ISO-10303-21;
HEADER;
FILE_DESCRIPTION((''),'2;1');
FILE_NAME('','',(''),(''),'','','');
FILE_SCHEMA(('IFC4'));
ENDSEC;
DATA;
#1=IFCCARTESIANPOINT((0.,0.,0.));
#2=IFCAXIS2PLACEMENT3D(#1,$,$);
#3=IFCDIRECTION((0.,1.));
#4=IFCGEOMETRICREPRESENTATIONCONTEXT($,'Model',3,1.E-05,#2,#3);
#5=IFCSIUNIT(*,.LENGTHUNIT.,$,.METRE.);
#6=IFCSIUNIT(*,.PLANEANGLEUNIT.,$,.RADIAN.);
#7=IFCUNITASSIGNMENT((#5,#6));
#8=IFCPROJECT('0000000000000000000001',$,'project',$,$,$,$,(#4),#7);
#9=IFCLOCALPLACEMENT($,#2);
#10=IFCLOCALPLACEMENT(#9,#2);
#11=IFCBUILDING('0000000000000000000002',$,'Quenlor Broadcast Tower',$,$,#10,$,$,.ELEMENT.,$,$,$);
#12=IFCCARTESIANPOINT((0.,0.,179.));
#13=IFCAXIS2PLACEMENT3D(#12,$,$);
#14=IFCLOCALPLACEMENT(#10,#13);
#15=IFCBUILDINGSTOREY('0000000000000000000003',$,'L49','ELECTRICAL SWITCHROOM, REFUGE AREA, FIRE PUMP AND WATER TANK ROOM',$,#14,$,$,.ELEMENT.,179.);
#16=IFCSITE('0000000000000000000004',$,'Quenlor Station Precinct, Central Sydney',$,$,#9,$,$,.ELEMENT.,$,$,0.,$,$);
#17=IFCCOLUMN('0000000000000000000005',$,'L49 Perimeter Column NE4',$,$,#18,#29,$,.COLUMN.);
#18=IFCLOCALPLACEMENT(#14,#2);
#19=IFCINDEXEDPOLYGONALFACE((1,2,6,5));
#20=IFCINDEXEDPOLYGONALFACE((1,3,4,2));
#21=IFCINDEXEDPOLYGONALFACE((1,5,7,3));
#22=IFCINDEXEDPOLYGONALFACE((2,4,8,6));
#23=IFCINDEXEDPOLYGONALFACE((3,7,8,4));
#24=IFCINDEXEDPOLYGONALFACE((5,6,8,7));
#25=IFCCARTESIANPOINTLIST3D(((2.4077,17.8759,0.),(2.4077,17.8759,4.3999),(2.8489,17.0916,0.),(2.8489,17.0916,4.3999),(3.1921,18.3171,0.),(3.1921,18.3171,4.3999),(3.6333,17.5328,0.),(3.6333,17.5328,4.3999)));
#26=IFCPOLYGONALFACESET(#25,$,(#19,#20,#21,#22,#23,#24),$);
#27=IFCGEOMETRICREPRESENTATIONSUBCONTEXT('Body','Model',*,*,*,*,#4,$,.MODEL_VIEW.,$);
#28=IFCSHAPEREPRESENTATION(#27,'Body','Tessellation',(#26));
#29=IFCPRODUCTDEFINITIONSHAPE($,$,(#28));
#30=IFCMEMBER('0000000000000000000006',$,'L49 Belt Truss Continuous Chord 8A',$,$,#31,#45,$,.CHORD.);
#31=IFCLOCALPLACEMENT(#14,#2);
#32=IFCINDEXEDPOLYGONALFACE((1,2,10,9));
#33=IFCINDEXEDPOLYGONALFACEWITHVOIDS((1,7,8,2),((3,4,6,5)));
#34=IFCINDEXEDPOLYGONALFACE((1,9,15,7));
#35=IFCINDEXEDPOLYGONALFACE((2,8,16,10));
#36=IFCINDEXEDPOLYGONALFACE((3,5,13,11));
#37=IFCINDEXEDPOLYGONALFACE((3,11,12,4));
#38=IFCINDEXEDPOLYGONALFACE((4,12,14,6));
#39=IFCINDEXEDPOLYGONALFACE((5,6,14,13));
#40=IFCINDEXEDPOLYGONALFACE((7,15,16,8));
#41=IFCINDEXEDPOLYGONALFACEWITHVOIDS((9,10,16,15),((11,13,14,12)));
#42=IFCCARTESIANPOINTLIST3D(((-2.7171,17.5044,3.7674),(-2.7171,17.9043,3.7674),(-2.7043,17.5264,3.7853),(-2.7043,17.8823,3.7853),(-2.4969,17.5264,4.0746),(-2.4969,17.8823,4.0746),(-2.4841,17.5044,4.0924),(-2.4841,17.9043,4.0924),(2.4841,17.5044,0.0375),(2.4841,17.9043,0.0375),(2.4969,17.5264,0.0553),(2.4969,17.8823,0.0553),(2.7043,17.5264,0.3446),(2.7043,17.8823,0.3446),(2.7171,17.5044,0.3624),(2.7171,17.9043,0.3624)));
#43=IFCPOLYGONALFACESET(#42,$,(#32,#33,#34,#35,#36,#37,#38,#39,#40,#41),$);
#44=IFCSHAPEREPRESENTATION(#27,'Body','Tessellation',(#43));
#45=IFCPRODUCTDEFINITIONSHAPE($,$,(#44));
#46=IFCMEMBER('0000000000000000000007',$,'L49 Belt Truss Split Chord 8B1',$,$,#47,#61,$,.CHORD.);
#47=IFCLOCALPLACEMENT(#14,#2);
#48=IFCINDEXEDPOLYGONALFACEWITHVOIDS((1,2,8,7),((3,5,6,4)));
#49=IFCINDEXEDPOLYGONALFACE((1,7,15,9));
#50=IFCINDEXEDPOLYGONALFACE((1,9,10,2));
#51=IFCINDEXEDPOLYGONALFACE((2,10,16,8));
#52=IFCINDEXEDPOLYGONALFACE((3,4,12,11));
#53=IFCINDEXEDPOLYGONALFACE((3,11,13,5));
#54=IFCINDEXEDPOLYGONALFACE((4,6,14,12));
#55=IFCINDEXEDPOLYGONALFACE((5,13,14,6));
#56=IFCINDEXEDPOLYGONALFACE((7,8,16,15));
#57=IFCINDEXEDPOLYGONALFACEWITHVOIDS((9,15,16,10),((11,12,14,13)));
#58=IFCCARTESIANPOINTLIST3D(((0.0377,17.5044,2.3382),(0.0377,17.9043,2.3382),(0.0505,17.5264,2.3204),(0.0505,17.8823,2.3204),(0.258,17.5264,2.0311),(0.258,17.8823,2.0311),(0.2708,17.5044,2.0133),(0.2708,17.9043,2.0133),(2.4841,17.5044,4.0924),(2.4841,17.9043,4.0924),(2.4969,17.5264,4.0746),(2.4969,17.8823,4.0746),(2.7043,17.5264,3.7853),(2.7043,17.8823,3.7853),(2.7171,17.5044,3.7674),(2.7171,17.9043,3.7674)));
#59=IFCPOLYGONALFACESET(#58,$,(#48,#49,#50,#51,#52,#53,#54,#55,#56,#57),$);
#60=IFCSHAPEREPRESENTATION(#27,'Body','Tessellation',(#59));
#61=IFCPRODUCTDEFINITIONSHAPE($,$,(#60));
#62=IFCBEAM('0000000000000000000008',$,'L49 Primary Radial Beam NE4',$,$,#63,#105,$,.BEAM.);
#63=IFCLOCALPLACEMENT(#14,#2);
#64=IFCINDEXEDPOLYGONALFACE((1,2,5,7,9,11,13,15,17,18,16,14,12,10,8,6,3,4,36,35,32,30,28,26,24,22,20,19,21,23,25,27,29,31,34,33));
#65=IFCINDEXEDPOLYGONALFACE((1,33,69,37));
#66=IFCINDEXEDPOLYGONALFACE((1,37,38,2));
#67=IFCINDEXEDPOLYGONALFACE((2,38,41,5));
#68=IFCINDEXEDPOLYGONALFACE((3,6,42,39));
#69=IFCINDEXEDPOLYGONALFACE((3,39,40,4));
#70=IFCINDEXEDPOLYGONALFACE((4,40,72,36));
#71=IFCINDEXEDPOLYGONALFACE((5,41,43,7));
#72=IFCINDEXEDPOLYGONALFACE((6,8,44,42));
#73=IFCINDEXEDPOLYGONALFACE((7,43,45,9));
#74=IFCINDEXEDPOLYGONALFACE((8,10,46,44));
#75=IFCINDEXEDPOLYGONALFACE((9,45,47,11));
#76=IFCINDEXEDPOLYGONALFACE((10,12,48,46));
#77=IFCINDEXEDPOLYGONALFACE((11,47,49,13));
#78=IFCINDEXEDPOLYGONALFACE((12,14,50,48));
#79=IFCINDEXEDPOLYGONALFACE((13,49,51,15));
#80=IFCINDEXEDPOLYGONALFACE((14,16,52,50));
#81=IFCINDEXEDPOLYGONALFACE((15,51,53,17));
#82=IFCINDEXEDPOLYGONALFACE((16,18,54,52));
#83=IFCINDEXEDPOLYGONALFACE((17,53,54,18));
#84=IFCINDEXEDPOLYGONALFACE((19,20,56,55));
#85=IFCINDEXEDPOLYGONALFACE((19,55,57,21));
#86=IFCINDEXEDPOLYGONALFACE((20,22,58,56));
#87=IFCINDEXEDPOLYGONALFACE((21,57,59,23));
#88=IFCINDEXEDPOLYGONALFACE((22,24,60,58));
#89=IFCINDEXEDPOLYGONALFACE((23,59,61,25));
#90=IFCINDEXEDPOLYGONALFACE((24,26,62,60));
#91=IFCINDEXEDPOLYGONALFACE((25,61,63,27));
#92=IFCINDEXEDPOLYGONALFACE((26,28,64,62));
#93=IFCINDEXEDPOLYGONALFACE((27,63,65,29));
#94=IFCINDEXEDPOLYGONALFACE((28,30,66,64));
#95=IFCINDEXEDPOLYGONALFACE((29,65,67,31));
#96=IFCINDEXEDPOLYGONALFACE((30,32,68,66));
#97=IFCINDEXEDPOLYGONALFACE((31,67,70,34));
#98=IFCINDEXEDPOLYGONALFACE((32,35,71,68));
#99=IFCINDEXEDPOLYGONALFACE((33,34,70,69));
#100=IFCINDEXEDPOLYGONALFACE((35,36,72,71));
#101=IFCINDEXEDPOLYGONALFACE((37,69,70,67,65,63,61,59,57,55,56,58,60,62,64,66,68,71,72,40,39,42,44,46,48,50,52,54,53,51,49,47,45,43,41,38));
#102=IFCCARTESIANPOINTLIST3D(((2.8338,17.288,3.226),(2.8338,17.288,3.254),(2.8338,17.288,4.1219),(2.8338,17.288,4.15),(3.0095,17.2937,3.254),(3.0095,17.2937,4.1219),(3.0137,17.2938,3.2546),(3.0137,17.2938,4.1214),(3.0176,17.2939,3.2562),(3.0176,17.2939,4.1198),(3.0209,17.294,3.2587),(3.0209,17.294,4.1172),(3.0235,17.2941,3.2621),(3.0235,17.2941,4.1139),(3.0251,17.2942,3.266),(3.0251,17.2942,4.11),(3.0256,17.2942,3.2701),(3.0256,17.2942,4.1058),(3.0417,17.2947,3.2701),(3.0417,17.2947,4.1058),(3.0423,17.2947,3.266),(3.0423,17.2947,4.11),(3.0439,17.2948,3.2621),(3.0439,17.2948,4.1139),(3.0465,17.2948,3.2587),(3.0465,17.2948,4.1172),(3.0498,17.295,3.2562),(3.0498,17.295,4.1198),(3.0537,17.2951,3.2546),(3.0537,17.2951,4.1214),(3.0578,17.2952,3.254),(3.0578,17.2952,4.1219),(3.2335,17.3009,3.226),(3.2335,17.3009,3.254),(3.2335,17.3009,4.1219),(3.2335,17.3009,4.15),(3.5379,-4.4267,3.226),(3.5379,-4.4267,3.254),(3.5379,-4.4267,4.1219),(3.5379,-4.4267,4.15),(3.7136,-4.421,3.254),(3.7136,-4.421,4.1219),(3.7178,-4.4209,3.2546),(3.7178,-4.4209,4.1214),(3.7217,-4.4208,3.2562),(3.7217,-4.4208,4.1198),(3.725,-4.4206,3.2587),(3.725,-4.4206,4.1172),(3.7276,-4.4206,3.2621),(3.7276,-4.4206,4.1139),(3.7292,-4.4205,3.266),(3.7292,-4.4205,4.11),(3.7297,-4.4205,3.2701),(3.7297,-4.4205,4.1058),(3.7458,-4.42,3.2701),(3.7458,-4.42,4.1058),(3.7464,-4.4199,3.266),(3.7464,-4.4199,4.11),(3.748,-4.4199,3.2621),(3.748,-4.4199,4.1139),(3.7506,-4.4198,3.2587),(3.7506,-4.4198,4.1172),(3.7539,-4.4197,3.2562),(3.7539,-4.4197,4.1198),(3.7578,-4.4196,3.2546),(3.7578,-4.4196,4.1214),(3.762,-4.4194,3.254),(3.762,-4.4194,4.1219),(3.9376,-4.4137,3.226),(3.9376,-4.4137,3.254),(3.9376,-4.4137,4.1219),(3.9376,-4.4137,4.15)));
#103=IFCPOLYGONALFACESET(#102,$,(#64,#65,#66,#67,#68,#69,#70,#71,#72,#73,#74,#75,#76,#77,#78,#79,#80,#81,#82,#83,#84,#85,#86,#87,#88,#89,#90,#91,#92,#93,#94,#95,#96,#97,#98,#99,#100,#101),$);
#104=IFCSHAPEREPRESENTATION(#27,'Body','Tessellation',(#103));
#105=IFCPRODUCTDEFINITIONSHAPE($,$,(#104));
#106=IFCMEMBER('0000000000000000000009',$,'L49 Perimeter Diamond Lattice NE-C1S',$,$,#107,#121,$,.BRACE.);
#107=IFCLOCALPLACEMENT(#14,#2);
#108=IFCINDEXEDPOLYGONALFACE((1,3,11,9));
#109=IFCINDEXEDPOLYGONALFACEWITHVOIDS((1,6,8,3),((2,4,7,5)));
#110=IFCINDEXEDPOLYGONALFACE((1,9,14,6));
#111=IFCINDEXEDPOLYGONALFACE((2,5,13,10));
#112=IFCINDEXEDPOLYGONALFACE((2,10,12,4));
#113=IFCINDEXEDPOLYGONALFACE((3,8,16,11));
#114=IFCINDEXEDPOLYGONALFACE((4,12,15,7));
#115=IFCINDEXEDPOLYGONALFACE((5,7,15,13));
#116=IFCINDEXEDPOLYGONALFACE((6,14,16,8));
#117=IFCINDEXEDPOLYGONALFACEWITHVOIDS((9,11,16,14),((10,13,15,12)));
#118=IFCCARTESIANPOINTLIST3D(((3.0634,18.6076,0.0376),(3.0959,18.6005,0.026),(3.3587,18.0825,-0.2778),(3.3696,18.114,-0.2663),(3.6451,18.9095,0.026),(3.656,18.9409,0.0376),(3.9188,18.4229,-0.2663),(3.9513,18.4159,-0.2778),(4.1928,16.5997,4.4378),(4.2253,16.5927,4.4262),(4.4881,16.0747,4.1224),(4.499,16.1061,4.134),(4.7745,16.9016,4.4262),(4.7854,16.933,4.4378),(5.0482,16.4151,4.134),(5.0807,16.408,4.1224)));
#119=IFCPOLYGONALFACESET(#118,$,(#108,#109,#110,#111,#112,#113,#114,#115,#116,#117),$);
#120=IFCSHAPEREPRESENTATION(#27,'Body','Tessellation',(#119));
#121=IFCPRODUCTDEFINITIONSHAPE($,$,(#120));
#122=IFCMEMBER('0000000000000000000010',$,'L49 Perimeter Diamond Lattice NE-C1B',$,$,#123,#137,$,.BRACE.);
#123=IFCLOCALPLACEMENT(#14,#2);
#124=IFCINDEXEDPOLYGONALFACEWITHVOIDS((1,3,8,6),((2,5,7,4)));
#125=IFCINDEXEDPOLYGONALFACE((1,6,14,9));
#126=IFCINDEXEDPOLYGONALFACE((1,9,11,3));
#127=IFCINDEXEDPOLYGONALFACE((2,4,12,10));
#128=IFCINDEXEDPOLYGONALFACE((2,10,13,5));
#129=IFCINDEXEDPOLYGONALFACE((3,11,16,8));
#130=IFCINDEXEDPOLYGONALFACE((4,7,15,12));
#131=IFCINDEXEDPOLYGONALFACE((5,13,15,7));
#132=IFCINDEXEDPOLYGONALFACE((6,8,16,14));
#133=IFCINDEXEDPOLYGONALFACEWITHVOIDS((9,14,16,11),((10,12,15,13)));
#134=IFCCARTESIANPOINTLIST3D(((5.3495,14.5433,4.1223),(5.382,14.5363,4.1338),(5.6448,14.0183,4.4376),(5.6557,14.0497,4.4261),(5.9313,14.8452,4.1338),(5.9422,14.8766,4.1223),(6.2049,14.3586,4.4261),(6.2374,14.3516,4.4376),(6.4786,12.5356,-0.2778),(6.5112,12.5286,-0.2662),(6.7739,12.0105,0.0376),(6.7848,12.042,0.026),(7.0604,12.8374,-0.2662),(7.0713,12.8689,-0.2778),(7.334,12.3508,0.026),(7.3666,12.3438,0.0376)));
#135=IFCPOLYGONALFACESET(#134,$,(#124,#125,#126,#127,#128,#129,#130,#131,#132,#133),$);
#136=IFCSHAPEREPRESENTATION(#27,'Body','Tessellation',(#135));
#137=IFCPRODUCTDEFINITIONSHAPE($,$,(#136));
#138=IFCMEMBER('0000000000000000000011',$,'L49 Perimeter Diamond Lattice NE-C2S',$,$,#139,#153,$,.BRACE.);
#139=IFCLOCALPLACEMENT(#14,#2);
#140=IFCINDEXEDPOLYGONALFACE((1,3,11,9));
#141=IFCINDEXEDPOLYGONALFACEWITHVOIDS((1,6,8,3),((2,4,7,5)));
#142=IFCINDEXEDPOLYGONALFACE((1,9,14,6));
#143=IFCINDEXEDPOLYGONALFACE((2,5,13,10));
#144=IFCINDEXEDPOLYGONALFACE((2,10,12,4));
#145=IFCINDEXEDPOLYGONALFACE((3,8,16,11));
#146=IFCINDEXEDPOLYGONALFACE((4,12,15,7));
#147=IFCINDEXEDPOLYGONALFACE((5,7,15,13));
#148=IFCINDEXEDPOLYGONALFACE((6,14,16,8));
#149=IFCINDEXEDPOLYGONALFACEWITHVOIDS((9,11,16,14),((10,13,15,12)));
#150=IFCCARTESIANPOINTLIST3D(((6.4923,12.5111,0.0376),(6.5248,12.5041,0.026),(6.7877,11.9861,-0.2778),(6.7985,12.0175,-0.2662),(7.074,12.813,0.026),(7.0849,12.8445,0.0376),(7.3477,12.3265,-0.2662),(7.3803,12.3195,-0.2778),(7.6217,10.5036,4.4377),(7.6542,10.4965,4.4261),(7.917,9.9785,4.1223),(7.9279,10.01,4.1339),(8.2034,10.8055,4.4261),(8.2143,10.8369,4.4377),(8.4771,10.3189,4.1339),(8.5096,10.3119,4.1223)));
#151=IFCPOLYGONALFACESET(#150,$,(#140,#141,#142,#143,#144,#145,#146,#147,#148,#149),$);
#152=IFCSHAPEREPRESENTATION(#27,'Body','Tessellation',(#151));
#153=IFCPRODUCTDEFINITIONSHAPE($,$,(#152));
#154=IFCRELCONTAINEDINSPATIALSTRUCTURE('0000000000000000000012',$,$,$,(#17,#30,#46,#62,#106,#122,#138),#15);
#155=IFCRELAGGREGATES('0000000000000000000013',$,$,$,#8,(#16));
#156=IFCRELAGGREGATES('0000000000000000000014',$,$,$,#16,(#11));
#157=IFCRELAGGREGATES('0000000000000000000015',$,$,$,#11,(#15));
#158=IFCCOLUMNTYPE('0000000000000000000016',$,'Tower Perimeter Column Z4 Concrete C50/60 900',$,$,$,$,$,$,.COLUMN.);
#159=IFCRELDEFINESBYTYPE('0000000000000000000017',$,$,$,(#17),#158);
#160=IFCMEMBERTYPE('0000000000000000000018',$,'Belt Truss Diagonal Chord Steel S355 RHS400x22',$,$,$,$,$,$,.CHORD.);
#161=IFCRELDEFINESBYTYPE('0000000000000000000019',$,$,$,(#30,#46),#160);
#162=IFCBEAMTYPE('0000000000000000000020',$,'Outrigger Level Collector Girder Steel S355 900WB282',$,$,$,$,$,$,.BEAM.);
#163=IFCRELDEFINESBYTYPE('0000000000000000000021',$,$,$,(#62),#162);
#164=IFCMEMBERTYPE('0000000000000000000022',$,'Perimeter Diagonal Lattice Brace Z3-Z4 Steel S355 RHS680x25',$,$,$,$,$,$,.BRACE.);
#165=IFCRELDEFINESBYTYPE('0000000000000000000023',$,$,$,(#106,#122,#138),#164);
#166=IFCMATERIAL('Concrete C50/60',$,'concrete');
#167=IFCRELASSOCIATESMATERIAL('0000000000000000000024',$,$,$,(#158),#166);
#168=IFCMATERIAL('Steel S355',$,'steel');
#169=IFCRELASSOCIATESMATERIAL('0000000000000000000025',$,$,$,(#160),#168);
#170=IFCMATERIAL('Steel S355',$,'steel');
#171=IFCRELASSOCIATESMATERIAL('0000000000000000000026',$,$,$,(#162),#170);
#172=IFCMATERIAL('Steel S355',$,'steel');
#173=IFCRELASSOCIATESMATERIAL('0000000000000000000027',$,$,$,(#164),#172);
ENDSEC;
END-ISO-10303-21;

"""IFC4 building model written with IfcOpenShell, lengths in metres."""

from ifc_helpers import new_model, si_unit, direction, frame, origin, origin_2d, place, context, subcontext, project, spatial, rectangle, hollow_rectangle, i_section, extrude, material, material_profile, profile_set, type_object, element, save


model = new_model("IFC4")

# Units and contexts
model_context = context("Model", 3, precision=1e-05, world=origin(), true_north=direction((0.0, 1.0)))
body_context = subcontext(model_context, "Body", "Model", "MODEL_VIEW")
ifc_project = project(units=[si_unit("LENGTHUNIT", "METRE"), si_unit("PLANEANGLEUNIT", "RADIAN")], contexts=[model_context])

# Site, building, storey
site_placement = place(None, origin())
site = spatial("IfcSite", under=ifc_project, at=site_placement, Name="Quenlor Station Precinct, Central Sydney", CompositionType="ELEMENT", RefElevation=0.0)
building_placement = place(site_placement, origin())
building = spatial("IfcBuilding", under=site, at=building_placement, Name="Quenlor Broadcast Tower", CompositionType="ELEMENT")
storey_placement = place(building_placement, frame((0.0, 0.0, 179.0)))
storey = spatial("IfcBuildingStorey", under=building, at=storey_placement, Name="L49", Description="ELECTRICAL SWITCHROOM, REFUGE AREA, FIRE PUMP AND WATER TANK ROOM", CompositionType="ELEMENT", Elevation=179.0)

# Column
ifc_material_1 = material(Name="Concrete C50/60", Category="concrete")
ifc_material_profile_1 = material_profile(ifc_material_1, rectangle(XDim=0.8999, YDim=0.8999, at=origin_2d()))
ifc_profile_set_1 = profile_set([ifc_material_profile_1], Name="Concrete C50/60 RC900x900")
column_type = type_object("IfcColumnType", Name="Tower Perimeter Column Z4 Concrete C50/60 900", PredefinedType="COLUMN", material=ifc_profile_set_1)
column_placement = place(storey_placement, frame((3.0205, 17.7043, 0.0), z_axis=(0.0, 0.0, 1.0), x_axis=(0.871575, 0.490262, 0.0)))
element("IfcColumn", 1, at=column_placement, inside=storey, type_object=column_type, Name="L49 Perimeter Column NE4", PredefinedType="COLUMN", context=body_context, shape_type="SweptSolid", body=[
    extrude(rectangle(XDim=0.8999, YDim=0.8999, at=origin_2d()), origin(), (0.0, 0.0, 1.0), 4.3999),
])

# Members
ifc_material_2 = material(Name="Steel S355", Category="steel")
ifc_material_profile_2 = material_profile(ifc_material_2, hollow_rectangle(XDim=0.3999, YDim=0.3999, WallThickness=0.022, at=origin_2d()))
ifc_profile_set_2 = profile_set([ifc_material_profile_2], Name="Steel S355 RHS400x400x22")
member_type_1 = type_object("IfcMemberType", Name="Belt Truss Diagonal Chord Steel S355 RHS400x22", PredefinedType="CHORD", material=ifc_profile_set_2)
member_1_placement = place(storey_placement, frame((2.6006, 17.7043, 0.2), z_axis=(-0.812634, 0.0, 0.582774), x_axis=(0.0, -1.0, 0.0)))
element("IfcMember", 2, at=member_1_placement, inside=storey, type_object=member_type_1, Name="L49 Belt Truss Continuous Chord 8A", PredefinedType="CHORD", context=body_context, shape_type="SweptSolid", body=[
    extrude(hollow_rectangle(XDim=0.3999, YDim=0.3999, WallThickness=0.022, at=origin_2d()), origin(), (0.0, 0.0, 1.0), 6.4004),
])
member_2_placement = place(storey_placement, frame((2.6006, 17.7043, 3.9299), z_axis=(-0.812663, 0.0, -0.582733), x_axis=(0.0, -1.0, 0.0)))
element("IfcMember", 3, at=member_2_placement, inside=storey, type_object=member_type_1, Name="L49 Belt Truss Split Chord 8B1", PredefinedType="CHORD", context=body_context, shape_type="SweptSolid", body=[
    extrude(hollow_rectangle(XDim=0.3999, YDim=0.3999, WallThickness=0.022, at=origin_2d()), origin(), (0.0, 0.0, 1.0), 3.0103),
])

# Beam
ifc_material_3 = material(Name="Steel S355", Category="steel")
ifc_material_profile_3 = material_profile(ifc_material_3, i_section(OverallWidth=0.3999, OverallDepth=0.9241, WebThickness=0.0161, FlangeThickness=0.0281, FilletRadius=0.0161, at=origin_2d()))
ifc_profile_set_3 = profile_set([ifc_material_profile_3], Name="Steel S355 900WB282")
beam_type_1 = type_object("IfcBeamType", Name="Outrigger Level Collector Girder Steel S355 900WB282", PredefinedType="BEAM", material=ifc_profile_set_3)
beam_1_placement = place(storey_placement, frame((3.0337, 17.2944, 3.688), z_axis=(0.032408, -0.999475, 0.0), x_axis=(0.999475, 0.032408, 0.0)))
element("IfcBeam", 4, at=beam_1_placement, inside=storey, type_object=beam_type_1, Name="L49 Primary Radial Beam NE4", PredefinedType="BEAM", context=body_context, shape_type="SweptSolid", body=[
    extrude(i_section(OverallWidth=0.3999, OverallDepth=0.9241, WebThickness=0.0161, FlangeThickness=0.0281, FilletRadius=0.0161, at=origin_2d()), origin(), (0.0, 0.0, 1.0), 21.7261),
])

# Members
ifc_material_4 = material(Name="Steel S355", Category="steel")
ifc_material_profile_4 = material_profile(ifc_material_4, hollow_rectangle(XDim=0.6799, YDim=0.6799, WallThickness=0.0249, at=origin_2d()))
ifc_profile_set_4 = profile_set([ifc_material_profile_4], Name="Steel S355 RHS680x680x25")
member_type_2 = type_object("IfcMemberType", Name="Perimeter Diagonal Lattice Brace Z3-Z4 Steel S355 RHS680x25", PredefinedType="BRACE", material=ifc_profile_set_4)
member_3_placement = place(storey_placement, frame((3.5073, 18.5117, -0.1201), z_axis=(0.227393, -0.404255, 0.885929), x_axis=(0.871576, 0.490261, 0.0)))
element("IfcMember", 5, at=member_3_placement, inside=storey, type_object=member_type_2, Name="L49 Perimeter Diamond Lattice NE-C1S", PredefinedType="BRACE", context=body_context, shape_type="SweptSolid", body=[
    extrude(hollow_rectangle(XDim=0.6799, YDim=0.6799, WallThickness=0.0249, at=origin_2d()), origin(), (0.0, 0.0, 1.0), 4.9668),
])
for number, where, z_axis, x_axis, name in (
    (6, (6.9226, 12.4397, -0.1201), (-0.227347, 0.404259, 0.885939), (-0.871621, -0.490181, 0.0), "L49 Perimeter Diamond Lattice NE-C1B"),
    (7, (6.9363, 12.4153, -0.1201), (0.227398, -0.404214, 0.885947), (0.87155, 0.490307, 0.0), "L49 Perimeter Diamond Lattice NE-C2S"),
):
    element("IfcMember", number, at=place(storey_placement, frame(where, z_axis=z_axis, x_axis=x_axis)), inside=storey, type_object=member_type_2, Name=name, PredefinedType="BRACE", context=body_context, shape_type="SweptSolid", body=[
        extrude(hollow_rectangle(XDim=0.6799, YDim=0.6799, WallThickness=0.0249, at=origin_2d()), origin(), (0.0, 0.0, 1.0), 4.9666),
    ])

save(model, "model.ifc")
